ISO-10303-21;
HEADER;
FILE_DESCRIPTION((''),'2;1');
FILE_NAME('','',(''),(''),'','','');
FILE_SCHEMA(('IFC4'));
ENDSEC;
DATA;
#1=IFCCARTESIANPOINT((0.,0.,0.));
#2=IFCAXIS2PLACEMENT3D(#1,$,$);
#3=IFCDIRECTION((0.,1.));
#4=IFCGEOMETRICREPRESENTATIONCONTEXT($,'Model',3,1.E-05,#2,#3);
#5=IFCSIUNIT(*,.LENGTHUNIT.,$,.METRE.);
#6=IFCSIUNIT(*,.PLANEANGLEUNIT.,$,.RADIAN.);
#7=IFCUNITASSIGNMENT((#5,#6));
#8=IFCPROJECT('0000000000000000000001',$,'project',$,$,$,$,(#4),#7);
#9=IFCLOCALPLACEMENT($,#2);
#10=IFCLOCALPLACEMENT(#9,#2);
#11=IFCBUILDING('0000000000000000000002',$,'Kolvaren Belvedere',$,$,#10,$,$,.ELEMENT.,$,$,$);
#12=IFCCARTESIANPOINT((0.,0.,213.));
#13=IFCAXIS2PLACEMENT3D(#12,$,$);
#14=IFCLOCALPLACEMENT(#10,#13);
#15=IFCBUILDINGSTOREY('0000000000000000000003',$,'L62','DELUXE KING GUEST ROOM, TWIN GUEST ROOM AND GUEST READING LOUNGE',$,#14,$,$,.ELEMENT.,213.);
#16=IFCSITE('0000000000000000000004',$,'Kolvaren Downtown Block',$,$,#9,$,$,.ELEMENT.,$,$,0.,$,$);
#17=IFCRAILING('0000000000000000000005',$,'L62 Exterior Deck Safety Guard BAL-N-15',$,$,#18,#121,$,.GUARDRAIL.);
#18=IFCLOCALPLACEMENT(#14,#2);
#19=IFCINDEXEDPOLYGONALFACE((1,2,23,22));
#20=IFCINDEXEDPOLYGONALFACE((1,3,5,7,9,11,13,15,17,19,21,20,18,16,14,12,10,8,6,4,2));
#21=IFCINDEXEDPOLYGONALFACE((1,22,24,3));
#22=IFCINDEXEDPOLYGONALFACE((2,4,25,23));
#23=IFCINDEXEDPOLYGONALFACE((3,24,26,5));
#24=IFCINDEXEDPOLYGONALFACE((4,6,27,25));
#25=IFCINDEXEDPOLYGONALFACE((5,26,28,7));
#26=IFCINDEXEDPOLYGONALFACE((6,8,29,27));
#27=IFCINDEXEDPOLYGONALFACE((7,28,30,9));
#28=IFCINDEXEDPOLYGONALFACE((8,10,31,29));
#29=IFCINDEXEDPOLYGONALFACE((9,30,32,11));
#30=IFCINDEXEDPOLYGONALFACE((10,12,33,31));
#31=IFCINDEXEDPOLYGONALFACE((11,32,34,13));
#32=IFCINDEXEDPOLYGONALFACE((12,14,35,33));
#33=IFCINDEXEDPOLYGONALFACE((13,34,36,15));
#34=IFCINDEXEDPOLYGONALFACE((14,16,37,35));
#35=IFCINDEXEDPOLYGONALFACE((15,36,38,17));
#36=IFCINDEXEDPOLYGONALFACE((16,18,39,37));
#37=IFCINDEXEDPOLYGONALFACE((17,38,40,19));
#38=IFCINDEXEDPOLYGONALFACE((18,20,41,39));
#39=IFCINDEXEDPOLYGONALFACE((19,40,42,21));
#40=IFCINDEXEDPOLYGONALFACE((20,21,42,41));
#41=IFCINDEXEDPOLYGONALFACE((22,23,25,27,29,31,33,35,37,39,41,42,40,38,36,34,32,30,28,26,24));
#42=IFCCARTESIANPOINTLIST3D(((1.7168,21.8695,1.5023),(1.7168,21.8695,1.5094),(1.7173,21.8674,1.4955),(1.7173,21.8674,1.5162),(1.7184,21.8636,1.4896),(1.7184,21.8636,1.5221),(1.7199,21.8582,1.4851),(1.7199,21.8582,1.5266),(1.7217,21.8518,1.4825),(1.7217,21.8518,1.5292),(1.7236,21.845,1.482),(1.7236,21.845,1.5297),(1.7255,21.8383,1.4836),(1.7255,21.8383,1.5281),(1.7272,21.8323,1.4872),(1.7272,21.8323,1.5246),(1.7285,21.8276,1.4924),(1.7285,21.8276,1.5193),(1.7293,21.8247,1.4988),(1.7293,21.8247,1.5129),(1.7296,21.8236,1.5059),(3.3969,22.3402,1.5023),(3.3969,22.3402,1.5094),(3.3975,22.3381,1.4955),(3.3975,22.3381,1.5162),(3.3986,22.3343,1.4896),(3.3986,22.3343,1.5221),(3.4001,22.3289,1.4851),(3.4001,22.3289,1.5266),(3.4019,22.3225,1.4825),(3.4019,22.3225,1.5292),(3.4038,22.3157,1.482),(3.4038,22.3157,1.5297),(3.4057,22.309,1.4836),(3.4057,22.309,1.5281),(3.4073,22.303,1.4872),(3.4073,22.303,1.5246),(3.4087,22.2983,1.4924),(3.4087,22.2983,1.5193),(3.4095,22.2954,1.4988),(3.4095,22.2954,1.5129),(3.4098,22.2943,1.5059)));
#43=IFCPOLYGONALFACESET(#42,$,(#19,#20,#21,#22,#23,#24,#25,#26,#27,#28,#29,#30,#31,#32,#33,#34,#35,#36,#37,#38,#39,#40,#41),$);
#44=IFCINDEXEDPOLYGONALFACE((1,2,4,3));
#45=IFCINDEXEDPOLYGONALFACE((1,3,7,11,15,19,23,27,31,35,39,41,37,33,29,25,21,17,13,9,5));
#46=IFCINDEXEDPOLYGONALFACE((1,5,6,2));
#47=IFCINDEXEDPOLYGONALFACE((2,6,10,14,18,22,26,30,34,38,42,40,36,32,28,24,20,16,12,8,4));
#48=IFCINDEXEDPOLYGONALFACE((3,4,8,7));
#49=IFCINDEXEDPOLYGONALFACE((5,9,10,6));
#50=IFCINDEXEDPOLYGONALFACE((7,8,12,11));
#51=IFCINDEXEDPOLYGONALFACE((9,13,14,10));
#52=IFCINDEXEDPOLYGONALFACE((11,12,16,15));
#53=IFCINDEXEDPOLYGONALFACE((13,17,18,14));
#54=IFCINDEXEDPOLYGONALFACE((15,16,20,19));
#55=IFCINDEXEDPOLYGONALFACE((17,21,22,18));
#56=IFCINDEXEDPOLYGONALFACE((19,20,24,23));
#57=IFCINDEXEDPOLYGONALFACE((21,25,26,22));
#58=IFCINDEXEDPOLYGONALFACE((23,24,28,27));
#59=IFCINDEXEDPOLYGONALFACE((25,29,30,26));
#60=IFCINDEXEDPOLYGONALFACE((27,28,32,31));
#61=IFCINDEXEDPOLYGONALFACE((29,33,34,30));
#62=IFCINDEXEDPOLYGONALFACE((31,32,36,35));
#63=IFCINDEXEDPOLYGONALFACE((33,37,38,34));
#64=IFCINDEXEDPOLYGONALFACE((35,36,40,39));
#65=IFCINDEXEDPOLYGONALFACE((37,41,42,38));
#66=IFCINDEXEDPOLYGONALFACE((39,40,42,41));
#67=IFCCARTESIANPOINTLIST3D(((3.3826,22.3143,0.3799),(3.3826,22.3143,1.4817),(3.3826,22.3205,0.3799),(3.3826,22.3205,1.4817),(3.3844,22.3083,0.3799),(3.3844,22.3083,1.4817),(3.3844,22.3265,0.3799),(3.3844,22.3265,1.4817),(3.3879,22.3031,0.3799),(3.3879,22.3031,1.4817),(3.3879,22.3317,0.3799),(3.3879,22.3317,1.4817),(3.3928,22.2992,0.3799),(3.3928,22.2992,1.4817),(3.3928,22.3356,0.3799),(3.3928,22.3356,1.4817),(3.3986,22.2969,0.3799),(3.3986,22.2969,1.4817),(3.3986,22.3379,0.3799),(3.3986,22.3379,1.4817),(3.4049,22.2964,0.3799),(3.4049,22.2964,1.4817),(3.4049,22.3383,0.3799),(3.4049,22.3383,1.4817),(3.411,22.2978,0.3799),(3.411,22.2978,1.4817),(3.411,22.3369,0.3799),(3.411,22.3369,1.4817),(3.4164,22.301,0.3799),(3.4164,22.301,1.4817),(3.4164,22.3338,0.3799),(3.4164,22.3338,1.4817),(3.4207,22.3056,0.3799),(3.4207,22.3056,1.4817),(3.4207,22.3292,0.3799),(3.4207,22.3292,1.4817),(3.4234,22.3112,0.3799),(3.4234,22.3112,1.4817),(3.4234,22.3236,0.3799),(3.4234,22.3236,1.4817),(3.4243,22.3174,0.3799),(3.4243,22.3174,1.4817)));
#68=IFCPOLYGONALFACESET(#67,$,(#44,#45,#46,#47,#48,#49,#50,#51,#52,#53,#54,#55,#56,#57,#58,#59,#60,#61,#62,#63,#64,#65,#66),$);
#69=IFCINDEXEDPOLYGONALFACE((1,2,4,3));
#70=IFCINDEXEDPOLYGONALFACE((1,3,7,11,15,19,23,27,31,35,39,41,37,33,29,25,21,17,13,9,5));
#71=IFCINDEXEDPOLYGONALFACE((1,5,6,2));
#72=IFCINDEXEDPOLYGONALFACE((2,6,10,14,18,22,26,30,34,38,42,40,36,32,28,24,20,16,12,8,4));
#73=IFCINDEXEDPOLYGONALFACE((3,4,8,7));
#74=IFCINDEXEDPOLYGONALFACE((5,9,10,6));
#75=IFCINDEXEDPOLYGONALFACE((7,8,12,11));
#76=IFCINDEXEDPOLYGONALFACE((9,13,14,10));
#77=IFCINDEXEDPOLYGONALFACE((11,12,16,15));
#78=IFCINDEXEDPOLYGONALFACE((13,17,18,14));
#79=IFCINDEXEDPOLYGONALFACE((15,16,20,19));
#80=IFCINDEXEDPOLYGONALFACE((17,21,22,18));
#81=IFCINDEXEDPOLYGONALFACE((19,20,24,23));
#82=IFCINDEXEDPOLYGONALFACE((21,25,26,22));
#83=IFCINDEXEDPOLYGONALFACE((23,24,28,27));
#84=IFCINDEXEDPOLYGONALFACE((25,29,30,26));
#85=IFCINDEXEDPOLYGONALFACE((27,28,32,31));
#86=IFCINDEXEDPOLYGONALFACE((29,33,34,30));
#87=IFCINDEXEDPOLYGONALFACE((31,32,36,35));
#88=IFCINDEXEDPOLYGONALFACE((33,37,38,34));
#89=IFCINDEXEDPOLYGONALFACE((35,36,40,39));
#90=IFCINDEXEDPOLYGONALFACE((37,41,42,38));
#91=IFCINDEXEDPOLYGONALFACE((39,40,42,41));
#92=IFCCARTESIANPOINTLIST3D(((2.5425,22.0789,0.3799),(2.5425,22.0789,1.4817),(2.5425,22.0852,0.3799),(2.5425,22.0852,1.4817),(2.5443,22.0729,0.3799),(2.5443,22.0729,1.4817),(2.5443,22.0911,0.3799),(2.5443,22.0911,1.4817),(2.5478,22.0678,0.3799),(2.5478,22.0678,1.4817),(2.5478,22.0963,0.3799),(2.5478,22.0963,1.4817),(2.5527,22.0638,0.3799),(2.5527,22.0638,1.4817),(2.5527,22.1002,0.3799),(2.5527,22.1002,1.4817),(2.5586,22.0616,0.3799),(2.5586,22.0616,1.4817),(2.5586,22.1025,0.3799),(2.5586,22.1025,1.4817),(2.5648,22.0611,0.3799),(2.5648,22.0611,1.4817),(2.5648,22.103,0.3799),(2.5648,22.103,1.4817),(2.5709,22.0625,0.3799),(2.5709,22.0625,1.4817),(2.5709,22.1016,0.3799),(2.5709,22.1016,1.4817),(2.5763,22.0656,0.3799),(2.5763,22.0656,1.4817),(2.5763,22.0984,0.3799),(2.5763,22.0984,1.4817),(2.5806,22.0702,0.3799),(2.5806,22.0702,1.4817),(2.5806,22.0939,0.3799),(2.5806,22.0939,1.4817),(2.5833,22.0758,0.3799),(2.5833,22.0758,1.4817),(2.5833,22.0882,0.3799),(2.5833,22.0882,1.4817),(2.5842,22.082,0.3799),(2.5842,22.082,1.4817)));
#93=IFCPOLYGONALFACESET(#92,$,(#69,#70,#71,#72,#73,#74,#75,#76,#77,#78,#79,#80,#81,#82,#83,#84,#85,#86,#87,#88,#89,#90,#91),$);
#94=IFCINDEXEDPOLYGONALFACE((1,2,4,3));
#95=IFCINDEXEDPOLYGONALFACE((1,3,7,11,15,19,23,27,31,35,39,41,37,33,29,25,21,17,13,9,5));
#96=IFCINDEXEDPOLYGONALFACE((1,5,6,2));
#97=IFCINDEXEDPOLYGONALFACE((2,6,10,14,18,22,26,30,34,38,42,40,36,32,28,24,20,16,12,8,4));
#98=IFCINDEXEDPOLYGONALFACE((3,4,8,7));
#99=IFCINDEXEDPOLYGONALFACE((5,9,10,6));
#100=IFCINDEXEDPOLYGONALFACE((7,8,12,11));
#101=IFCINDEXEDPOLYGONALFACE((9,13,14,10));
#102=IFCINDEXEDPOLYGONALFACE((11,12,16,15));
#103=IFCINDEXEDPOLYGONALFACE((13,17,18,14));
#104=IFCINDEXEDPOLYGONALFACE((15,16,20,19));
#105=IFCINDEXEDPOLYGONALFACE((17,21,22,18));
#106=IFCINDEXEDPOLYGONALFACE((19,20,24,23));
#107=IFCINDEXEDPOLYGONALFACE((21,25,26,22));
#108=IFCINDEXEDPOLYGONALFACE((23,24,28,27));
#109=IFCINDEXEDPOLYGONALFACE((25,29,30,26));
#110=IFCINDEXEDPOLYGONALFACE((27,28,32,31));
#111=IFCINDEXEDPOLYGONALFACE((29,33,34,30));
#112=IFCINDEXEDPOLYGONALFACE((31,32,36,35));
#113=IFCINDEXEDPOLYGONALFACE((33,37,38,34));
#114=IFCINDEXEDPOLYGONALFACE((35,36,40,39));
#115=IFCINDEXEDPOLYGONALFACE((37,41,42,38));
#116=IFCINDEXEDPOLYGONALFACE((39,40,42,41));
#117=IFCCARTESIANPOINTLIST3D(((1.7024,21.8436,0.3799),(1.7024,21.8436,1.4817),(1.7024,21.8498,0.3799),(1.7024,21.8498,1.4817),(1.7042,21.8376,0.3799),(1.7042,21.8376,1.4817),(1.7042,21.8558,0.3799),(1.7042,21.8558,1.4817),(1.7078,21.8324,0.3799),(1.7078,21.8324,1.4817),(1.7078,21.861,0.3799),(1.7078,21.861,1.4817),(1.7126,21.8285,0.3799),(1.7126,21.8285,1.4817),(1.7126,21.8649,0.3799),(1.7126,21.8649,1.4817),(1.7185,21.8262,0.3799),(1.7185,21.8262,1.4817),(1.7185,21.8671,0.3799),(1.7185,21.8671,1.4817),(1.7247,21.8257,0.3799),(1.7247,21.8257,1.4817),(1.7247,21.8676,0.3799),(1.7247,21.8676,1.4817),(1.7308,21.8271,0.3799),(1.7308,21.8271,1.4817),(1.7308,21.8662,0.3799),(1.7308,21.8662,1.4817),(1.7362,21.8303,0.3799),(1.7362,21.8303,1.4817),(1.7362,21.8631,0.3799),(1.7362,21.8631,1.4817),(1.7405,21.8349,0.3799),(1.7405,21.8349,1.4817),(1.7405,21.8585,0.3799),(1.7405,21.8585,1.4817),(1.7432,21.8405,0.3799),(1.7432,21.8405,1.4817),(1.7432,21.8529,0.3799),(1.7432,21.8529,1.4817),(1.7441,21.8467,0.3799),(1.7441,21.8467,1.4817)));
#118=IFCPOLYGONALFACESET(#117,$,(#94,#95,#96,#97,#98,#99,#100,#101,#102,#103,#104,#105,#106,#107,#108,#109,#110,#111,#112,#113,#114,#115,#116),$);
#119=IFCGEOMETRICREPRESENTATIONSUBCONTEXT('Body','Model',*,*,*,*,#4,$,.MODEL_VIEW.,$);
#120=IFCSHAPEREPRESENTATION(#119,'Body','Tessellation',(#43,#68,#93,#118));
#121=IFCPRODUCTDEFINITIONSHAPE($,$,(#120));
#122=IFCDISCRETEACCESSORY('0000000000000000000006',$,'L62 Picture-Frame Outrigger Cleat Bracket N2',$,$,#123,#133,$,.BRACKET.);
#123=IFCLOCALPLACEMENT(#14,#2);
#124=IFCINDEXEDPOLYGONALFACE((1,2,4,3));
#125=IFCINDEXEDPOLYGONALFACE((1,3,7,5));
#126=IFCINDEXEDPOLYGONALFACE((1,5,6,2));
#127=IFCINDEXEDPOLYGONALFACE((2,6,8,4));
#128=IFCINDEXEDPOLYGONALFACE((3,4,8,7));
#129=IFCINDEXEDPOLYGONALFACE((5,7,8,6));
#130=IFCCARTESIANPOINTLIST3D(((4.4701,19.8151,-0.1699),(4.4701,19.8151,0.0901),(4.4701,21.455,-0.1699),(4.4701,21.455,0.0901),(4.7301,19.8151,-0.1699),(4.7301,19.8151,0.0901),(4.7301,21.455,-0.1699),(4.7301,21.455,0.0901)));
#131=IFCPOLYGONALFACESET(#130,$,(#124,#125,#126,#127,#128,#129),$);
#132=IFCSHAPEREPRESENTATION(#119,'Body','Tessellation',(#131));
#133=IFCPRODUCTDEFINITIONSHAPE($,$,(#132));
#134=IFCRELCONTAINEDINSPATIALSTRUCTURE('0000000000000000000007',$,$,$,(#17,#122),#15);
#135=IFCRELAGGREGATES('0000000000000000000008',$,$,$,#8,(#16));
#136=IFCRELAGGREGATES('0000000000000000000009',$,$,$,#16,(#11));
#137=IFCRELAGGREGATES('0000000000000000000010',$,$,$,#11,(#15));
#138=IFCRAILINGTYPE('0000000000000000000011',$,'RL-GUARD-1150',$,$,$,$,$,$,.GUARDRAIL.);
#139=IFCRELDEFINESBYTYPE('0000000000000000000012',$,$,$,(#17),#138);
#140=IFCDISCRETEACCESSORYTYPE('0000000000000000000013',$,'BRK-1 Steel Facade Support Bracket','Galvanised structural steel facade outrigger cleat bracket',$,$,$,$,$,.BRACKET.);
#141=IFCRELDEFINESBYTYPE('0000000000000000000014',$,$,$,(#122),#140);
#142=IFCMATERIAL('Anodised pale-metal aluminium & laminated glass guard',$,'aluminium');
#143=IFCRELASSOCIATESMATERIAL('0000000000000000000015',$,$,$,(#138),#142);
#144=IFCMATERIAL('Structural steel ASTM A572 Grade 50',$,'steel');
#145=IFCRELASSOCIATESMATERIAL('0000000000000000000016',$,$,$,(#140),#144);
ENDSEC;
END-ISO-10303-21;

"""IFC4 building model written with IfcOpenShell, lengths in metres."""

from ifc_helpers import new_model, si_unit, direction, frame, origin, origin_2d, place, context, subcontext, project, spatial, rectangle, circle, extrude, material, type_object, element, save


model = new_model("IFC4")

# Units and contexts
model_context = context("Model", 3, precision=1e-05, world=origin(), true_north=direction((0.0, 1.0)))
body_context = subcontext(model_context, "Body", "Model", "MODEL_VIEW")
ifc_project = project(units=[si_unit("LENGTHUNIT", "METRE"), si_unit("PLANEANGLEUNIT", "RADIAN")], contexts=[model_context])

# Site, building, storey
site_placement = place(None, origin())
site = spatial("IfcSite", under=ifc_project, at=site_placement, Name="Kolvaren Downtown Block", CompositionType="ELEMENT", RefElevation=0.0)
building_placement = place(site_placement, origin())
building = spatial("IfcBuilding", under=site, at=building_placement, Name="Kolvaren Belvedere", CompositionType="ELEMENT")
storey_placement = place(building_placement, frame((0.0, 0.0, 213.0)))
storey = spatial("IfcBuildingStorey", under=building, at=storey_placement, Name="L62", Description="DELUXE KING GUEST ROOM, TWIN GUEST ROOM AND GUEST READING LOUNGE", CompositionType="ELEMENT", Elevation=213.0)

# Railing
ifc_material_1 = material(Name="Anodised pale-metal aluminium & laminated glass guard", Category="aluminium")
railing_type = type_object("IfcRailingType", Name="RL-GUARD-1150", PredefinedType="GUARDRAIL", material=ifc_material_1)
railing_1_placement = place(storey_placement, frame((3.4033, 22.3174, 0.3799)))
element("IfcRailing", 1, at=railing_1_placement, inside=storey, type_object=railing_type, Name="L62 Exterior Deck Safety Guard BAL-N-15", PredefinedType="GUARDRAIL", context=body_context, shape_type="SweptSolid", body=[
    extrude(circle(Radius=0.0239, at=origin_2d()), frame((0.0, 0.0, 1.126), z_axis=(-0.962926, -0.269765, 0.0), x_axis=(0.269765, -0.962926, 0.0)), (0.0, 0.0, 1.0), 1.7449),
    extrude(circle(Radius=0.021, at=origin_2d()), origin(), (0.0, 0.0, 1.0), 1.1018),
    extrude(circle(Radius=0.021, at=origin_2d()), frame((-0.8401, -0.2354, 0.0)), (0.0, 0.0, 1.0), 1.1018),
    extrude(circle(Radius=0.021, at=origin_2d()), frame((-1.6802, -0.4707, 0.0)), (0.0, 0.0, 1.0), 1.1018),
])

# Discrete accessory
ifc_material_2 = material(Name="Structural steel ASTM A572 Grade 50", Category="steel")
discrete_accessory_type = type_object("IfcDiscreteAccessoryType", Name="BRK-1 Steel Facade Support Bracket", Description="Galvanised structural steel facade outrigger cleat bracket", PredefinedType="BRACKET", material=ifc_material_2)
discrete_accessory_placement = place(storey_placement, frame((4.6001, 20.635, -0.1699), z_axis=(0.0, 0.0, 1.0), x_axis=(0.0, 1.0, 0.0)))
element("IfcDiscreteAccessory", 2, at=discrete_accessory_placement, inside=storey, type_object=discrete_accessory_type, Name="L62 Picture-Frame Outrigger Cleat Bracket N2", PredefinedType="BRACKET", context=body_context, shape_type="SweptSolid", body=[
    extrude(rectangle(XDim=1.6399, YDim=0.26, at=origin_2d()), origin(), (0.0, 0.0, 1.0), 0.26),
])

save(model, "model.ifc")
